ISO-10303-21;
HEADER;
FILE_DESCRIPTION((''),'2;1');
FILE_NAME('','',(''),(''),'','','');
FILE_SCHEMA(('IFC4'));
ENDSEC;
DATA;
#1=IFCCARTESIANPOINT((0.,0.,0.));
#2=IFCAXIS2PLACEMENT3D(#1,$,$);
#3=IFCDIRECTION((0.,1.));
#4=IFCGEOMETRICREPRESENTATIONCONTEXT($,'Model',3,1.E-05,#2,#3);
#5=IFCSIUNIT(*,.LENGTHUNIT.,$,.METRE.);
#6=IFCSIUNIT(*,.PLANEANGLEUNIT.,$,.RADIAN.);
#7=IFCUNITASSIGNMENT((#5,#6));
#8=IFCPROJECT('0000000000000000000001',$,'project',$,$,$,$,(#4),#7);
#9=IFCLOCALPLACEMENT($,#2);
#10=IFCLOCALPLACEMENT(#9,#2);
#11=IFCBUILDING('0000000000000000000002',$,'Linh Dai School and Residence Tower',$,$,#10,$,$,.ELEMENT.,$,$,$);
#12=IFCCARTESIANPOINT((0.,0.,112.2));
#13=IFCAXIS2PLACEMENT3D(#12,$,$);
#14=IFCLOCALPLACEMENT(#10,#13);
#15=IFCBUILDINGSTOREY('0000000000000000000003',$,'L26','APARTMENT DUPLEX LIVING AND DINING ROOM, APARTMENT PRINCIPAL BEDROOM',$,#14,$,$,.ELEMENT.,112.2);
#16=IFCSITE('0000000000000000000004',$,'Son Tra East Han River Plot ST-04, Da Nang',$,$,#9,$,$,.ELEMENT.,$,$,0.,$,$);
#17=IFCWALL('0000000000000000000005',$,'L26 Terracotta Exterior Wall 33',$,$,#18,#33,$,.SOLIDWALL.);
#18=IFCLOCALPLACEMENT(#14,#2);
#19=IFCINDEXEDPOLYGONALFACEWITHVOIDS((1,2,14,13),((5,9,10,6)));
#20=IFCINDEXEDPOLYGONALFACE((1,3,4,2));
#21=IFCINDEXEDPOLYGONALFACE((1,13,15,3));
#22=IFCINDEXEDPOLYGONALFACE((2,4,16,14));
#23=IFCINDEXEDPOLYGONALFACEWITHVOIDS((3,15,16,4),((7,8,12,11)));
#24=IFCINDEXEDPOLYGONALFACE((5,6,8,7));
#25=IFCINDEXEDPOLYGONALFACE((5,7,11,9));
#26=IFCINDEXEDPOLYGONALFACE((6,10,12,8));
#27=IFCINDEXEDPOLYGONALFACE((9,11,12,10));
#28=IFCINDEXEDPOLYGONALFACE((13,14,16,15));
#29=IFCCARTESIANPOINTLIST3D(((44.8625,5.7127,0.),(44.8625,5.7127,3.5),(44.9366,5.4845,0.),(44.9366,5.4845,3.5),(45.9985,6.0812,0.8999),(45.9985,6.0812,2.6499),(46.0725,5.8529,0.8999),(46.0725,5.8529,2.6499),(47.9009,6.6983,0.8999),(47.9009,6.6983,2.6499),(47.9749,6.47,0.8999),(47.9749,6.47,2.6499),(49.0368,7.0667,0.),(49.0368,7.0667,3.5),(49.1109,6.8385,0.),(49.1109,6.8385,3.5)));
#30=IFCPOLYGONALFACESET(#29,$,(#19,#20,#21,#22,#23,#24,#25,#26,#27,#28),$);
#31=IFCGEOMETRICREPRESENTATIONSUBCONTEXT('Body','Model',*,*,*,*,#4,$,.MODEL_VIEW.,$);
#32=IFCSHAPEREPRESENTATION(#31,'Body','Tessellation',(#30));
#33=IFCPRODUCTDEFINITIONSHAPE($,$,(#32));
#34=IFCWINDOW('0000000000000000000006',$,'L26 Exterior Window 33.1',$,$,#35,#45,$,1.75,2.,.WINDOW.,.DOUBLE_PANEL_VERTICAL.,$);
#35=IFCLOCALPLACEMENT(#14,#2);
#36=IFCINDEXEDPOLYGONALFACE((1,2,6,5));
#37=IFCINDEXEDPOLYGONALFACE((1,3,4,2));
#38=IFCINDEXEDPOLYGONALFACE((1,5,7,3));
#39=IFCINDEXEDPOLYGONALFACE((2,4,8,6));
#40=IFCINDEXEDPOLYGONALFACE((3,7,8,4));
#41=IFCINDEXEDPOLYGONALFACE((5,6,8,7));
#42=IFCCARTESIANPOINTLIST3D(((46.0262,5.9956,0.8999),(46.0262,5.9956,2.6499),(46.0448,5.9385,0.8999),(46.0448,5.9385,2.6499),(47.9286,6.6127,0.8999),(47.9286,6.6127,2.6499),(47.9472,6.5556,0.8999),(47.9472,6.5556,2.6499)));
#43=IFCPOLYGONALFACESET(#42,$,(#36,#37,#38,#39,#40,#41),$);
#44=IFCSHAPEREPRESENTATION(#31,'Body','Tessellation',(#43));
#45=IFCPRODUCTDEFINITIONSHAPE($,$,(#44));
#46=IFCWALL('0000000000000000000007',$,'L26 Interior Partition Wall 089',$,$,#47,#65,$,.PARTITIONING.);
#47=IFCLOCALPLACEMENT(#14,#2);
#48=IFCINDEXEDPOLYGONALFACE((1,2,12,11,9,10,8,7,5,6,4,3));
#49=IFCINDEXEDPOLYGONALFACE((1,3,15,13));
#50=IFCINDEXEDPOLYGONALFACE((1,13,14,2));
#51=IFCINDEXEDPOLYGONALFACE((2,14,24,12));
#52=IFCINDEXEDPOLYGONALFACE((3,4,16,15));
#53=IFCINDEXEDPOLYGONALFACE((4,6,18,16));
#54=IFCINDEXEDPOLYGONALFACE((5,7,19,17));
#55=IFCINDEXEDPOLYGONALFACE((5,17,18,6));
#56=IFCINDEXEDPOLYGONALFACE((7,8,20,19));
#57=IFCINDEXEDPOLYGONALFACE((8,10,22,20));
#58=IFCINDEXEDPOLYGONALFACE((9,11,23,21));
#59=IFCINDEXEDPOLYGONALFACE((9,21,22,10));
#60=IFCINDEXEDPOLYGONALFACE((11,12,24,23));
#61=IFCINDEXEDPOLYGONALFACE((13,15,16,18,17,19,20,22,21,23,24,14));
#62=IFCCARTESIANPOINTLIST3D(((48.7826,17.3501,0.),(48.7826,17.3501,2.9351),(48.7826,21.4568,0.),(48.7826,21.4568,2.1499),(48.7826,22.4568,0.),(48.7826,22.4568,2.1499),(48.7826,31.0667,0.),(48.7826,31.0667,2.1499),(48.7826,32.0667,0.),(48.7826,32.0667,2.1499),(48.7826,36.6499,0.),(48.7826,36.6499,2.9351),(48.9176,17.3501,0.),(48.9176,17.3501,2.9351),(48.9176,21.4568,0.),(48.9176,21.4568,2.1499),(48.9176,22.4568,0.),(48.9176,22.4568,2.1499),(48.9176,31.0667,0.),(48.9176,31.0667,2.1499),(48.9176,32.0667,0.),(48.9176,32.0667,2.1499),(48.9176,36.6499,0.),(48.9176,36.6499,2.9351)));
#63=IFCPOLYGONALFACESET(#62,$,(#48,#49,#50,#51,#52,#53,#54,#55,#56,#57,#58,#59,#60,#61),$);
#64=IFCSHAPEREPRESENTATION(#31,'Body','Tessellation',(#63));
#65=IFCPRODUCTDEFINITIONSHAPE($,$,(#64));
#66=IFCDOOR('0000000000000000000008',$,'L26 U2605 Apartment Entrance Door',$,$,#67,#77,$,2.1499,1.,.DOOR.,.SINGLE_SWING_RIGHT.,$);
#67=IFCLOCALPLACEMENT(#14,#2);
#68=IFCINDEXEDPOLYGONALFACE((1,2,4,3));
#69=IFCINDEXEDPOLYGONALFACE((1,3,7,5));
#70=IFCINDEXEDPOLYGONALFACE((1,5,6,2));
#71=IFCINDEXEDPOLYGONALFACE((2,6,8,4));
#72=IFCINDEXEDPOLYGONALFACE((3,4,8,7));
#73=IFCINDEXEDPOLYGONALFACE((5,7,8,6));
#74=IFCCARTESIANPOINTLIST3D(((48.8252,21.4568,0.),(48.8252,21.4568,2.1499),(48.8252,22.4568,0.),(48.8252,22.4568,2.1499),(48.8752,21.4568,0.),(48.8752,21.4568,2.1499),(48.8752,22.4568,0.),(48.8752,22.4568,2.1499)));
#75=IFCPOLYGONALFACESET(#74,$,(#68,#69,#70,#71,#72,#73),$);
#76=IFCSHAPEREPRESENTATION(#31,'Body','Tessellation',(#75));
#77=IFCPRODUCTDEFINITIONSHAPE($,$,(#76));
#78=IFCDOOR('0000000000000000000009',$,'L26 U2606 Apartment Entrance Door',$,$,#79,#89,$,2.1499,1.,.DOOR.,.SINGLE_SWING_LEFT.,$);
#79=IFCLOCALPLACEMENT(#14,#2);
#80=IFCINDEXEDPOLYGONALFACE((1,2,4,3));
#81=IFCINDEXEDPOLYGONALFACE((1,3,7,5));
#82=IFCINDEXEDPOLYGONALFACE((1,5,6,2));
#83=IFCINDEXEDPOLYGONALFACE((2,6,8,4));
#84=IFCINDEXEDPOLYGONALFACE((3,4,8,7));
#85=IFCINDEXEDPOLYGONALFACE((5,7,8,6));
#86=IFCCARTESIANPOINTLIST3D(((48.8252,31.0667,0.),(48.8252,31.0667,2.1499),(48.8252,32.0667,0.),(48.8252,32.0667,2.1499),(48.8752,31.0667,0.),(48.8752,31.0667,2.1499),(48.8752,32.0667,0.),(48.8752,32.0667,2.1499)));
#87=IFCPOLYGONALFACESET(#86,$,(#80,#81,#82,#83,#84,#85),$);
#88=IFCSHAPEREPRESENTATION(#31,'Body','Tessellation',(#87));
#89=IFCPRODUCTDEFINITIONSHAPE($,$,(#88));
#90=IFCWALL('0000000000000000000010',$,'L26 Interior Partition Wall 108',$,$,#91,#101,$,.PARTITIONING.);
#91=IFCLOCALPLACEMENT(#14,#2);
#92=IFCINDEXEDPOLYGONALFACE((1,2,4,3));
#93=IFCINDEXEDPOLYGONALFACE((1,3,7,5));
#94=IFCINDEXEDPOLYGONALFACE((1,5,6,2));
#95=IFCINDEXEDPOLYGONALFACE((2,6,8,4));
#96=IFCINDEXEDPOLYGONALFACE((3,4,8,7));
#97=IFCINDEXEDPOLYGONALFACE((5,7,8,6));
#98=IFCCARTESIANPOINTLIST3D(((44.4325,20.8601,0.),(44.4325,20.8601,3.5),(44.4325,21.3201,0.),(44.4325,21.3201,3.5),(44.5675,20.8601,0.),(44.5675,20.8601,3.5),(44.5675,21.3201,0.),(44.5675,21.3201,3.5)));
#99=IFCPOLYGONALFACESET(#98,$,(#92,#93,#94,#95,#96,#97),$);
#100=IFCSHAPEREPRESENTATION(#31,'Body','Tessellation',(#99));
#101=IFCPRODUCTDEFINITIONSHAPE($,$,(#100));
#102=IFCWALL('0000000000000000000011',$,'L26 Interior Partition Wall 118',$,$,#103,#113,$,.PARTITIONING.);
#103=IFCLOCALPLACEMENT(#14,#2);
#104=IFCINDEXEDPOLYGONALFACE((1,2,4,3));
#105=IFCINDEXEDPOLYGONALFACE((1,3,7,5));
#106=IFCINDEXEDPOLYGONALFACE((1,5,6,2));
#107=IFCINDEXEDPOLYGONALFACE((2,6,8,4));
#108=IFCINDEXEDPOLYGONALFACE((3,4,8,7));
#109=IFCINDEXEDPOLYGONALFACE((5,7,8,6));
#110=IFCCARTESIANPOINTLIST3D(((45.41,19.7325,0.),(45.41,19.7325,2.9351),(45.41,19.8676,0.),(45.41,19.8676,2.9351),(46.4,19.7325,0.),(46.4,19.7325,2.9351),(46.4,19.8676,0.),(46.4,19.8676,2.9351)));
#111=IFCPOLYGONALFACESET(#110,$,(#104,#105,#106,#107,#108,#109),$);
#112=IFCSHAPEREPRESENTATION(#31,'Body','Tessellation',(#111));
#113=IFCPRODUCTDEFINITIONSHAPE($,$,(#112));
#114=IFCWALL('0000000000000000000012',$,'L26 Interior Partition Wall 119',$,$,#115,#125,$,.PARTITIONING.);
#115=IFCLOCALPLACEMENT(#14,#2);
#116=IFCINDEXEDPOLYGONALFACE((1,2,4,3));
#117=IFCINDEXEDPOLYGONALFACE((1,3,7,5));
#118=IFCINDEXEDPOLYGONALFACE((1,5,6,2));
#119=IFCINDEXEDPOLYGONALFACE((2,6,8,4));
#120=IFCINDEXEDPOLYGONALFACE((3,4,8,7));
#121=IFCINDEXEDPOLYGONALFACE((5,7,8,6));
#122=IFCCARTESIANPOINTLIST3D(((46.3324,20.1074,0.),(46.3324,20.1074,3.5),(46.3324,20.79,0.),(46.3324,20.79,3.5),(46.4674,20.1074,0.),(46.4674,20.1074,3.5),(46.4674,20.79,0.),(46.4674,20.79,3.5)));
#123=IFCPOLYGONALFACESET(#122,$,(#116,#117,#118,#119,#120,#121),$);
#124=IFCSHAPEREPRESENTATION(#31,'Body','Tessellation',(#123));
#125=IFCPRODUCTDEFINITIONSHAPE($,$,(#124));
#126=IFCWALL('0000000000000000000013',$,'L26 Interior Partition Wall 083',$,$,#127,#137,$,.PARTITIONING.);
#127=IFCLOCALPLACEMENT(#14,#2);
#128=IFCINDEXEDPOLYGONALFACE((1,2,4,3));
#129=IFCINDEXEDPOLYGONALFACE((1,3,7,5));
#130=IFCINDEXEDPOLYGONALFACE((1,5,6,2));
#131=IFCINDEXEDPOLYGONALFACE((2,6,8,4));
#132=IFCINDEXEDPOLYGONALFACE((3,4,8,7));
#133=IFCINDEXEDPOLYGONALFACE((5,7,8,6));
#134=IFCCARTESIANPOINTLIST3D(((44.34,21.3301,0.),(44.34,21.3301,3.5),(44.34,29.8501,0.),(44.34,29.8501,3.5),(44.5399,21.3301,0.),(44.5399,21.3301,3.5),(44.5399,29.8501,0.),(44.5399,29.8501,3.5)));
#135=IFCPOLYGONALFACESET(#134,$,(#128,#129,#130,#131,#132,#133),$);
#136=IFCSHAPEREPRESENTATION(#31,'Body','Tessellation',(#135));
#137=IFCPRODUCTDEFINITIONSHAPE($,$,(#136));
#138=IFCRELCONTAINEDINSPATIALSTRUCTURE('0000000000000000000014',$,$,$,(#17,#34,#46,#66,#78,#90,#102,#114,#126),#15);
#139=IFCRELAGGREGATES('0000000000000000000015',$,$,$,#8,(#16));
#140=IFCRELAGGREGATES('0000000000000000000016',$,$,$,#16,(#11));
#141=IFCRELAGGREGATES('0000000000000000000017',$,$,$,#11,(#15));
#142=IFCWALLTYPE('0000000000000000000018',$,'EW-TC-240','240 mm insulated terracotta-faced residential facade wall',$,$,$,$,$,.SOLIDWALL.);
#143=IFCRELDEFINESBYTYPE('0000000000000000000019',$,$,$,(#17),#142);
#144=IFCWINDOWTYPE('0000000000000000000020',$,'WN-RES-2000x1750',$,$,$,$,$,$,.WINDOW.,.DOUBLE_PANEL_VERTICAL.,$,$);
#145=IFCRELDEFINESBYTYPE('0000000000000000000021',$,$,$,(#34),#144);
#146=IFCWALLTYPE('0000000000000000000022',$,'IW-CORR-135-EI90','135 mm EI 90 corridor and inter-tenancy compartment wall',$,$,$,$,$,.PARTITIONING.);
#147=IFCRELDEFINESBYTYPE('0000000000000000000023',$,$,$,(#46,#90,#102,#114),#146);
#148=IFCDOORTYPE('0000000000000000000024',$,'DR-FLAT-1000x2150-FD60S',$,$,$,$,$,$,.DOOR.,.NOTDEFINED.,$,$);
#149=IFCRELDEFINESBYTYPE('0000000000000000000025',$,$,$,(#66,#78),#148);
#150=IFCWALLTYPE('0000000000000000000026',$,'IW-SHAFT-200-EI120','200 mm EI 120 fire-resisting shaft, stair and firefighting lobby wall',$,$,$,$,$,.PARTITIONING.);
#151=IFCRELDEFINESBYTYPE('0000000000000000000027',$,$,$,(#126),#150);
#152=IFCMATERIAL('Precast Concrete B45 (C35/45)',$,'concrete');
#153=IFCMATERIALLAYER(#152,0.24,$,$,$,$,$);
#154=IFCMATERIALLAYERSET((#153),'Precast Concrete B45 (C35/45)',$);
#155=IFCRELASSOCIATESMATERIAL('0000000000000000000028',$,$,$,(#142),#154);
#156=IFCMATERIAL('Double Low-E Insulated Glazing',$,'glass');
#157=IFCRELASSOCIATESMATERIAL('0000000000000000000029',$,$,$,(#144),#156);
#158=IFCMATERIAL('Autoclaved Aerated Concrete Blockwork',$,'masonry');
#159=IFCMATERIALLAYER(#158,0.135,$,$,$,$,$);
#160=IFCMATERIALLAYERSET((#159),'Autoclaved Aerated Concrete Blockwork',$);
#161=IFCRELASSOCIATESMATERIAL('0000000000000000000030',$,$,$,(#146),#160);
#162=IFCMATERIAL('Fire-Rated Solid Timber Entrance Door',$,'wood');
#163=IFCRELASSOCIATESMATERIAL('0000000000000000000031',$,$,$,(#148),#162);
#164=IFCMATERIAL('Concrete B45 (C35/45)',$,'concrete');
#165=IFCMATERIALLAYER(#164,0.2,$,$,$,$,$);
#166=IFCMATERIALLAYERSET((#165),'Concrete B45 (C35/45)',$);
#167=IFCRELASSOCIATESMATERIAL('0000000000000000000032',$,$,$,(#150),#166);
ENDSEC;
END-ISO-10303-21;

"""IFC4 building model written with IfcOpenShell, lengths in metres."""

from ifc_helpers import new_model, si_unit, direction, frame, frame_2d, origin, origin_2d, place, context, subcontext, project, spatial, rectangle, extrude, source, transform, mapped, material, layer, layer_set, type_object, element, fill, save


model = new_model("IFC4")

# Units and contexts
model_context = context("Model", 3, precision=1e-05, world=origin(), true_north=direction((0.0, 1.0)))
body_context = subcontext(model_context, "Body", "Model", "MODEL_VIEW")
ifc_project = project(units=[si_unit("LENGTHUNIT", "METRE"), si_unit("PLANEANGLEUNIT", "RADIAN")], contexts=[model_context])

# Site, building, storey
site_placement = place(None, origin())
site = spatial("IfcSite", under=ifc_project, at=site_placement, Name="Son Tra East Han River Plot ST-04, Da Nang", CompositionType="ELEMENT", RefElevation=0.0)
building_placement = place(site_placement, origin())
building = spatial("IfcBuilding", under=site, at=building_placement, Name="Linh Dai School and Residence Tower", CompositionType="ELEMENT")
storey_placement = place(building_placement, frame((0.0, 0.0, 112.2)))
storey = spatial("IfcBuildingStorey", under=building, at=storey_placement, Name="L26", Description="APARTMENT DUPLEX LIVING AND DINING ROOM, APARTMENT PRINCIPAL BEDROOM", CompositionType="ELEMENT", Elevation=112.2)

# Wall, opening, window
ifc_material_1 = material(Name="Precast Concrete B45 (C35/45)", Category="concrete")
ifc_layer_1 = layer(ifc_material_1, 0.24)
ifc_layer_set_1 = layer_set([ifc_layer_1], Name="Precast Concrete B45 (C35/45)")
wall_type_1 = type_object("IfcWallType", Name="EW-TC-240", Description="240 mm insulated terracotta-faced residential facade wall", PredefinedType="SOLIDWALL", material=ifc_layer_set_1)
ifc_material_2 = material(Name="Double Low-E Insulated Glazing", Category="glass")
wall_1_placement = place(storey_placement, frame((49.074, 6.9526, 0.0), z_axis=(0.0, 0.0, 1.0), x_axis=(-0.951211, -0.30854, 0.0)))
wall_1 = element("IfcWall", 1, at=wall_1_placement, inside=storey, type_object=wall_type_1, Name="L26 Terracotta Exterior Wall 33", PredefinedType="SOLIDWALL", context=body_context, shape_type="SweptSolid", body=[
    extrude(rectangle(XDim=4.3884, YDim=0.24, at=frame_2d((2.1943, 0.0))), origin(), (0.0, 0.0, 1.0), 3.5),
])
opening_1_placement = place(wall_1_placement, frame((1.1943, 0.0, 0.8999)))
opening_1 = element("IfcOpeningElement", 2, at=opening_1_placement, cuts=wall_1, PredefinedType="OPENING", context=body_context, shape_type="SweptSolid", body=[
    extrude(rectangle(XDim=2.0, YDim=1.75, at=origin_2d()), frame((1.0, 0.1299, 0.875), z_axis=(0.0, -1.0, 0.0), x_axis=(1.0, 0.0, 0.0)), (0.0, 0.0, 1.0), 0.26),
])
window_type_1 = type_object("IfcWindowType", Name="WN-RES-2000x1750", PartitioningType="DOUBLE_PANEL_VERTICAL", PredefinedType="WINDOW", material=ifc_material_2)
shared_shape_1 = source(origin(), body_context, "Body", "SweptSolid", [
    extrude(rectangle(XDim=2.0, YDim=1.75, at=origin_2d()), frame((1.0, 0.03, 0.875), z_axis=(0.0, -1.0, 0.0), x_axis=(1.0, 0.0, 0.0)), (0.0, 0.0, 1.0), 0.0601),
])
window_1_placement = place(opening_1_placement, origin())
window_1 = element("IfcWindow", 3, at=window_1_placement, inside=storey, type_object=window_type_1, Name="L26 Exterior Window 33.1", OverallHeight=1.75, OverallWidth=2.0, PartitioningType="DOUBLE_PANEL_VERTICAL", PredefinedType="WINDOW", context=body_context, shape_type="MappedRepresentation", body=[
    mapped(shared_shape_1, transform((0.0, 0.0, 0.0), x_axis=(1.0, 0.0, 0.0), y_axis=(0.0, 1.0, 0.0), z_axis=(0.0, 0.0, 1.0), scale=1.0)),
])
fill(opening_1, window_1)

# Wall, openings, doors
ifc_material_3 = material(Name="Autoclaved Aerated Concrete Blockwork", Category="masonry")
ifc_layer_2 = layer(ifc_material_3, 0.135)
ifc_layer_set_2 = layer_set([ifc_layer_2], Name="Autoclaved Aerated Concrete Blockwork")
wall_type_2 = type_object("IfcWallType", Name="IW-CORR-135-EI90", Description="135 mm EI 90 corridor and inter-tenancy compartment wall", PredefinedType="PARTITIONING", material=ifc_layer_set_2)
wall_2_placement = place(storey_placement, frame((48.8501, 17.3501, 0.0), z_axis=(0.0, 0.0, 1.0), x_axis=(0.0, 1.0, 0.0)))
wall_2 = element("IfcWall", 4, at=wall_2_placement, inside=storey, type_object=wall_type_2, Name="L26 Interior Partition Wall 089", PredefinedType="PARTITIONING", context=body_context, shape_type="SweptSolid", body=[
    extrude(rectangle(XDim=19.2998, YDim=0.135, at=frame_2d((9.6499, 0.0))), origin(), (0.0, 0.0, 1.0), 2.9351),
])
opening_2_placement = place(wall_2_placement, frame((4.1067, 0.0, 0.0)))
opening_2 = element("IfcOpeningElement", 5, at=opening_2_placement, cuts=wall_2, PredefinedType="OPENING", context=body_context, shape_type="SweptSolid", body=[
    extrude(rectangle(XDim=1.0, YDim=2.1499, at=origin_2d()), frame((0.5, 0.0776, 1.075), z_axis=(0.0, -1.0, 0.0), x_axis=(1.0, 0.0, 0.0)), (0.0, 0.0, 1.0), 0.155),
])
opening_3_placement = place(wall_2_placement, frame((13.7166, 0.0, 0.0)))
opening_3 = element("IfcOpeningElement", 6, at=opening_3_placement, cuts=wall_2, PredefinedType="OPENING", context=body_context, shape_type="SweptSolid", body=[
    extrude(rectangle(XDim=1.0, YDim=2.1499, at=origin_2d()), frame((0.5, 0.0776, 1.075), z_axis=(0.0, -1.0, 0.0), x_axis=(1.0, 0.0, 0.0)), (0.0, 0.0, 1.0), 0.155),
])
ifc_material_4 = material(Name="Fire-Rated Solid Timber Entrance Door", Category="wood")
door_type_1 = type_object("IfcDoorType", Name="DR-FLAT-1000x2150-FD60S", OperationType="NOTDEFINED", PredefinedType="DOOR", material=ifc_material_4)
shared_shape_2 = source(origin(), body_context, "Body", "SweptSolid", [
    extrude(rectangle(XDim=1.0, YDim=2.1499, at=origin_2d()), frame((0.5, 0.0249, 1.075), z_axis=(0.0, -1.0, 0.0), x_axis=(1.0, 0.0, 0.0)), (0.0, 0.0, 1.0), 0.05),
])
door_1_placement = place(opening_2_placement, origin())
door_1 = element("IfcDoor", 7, at=door_1_placement, inside=storey, type_object=door_type_1, Name="L26 U2605 Apartment Entrance Door", OperationType="SINGLE_SWING_RIGHT", OverallHeight=2.1499, OverallWidth=1.0, PredefinedType="DOOR", context=body_context, shape_type="MappedRepresentation", body=[
    mapped(shared_shape_2, transform((0.0, 0.0, 0.0), x_axis=(1.0, 0.0, 0.0), y_axis=(0.0, 1.0, 0.0), z_axis=(0.0, 0.0, 1.0), scale=1.0)),
])
fill(opening_2, door_1)
door_2_placement = place(opening_3_placement, origin())
door_2 = element("IfcDoor", 8, at=door_2_placement, inside=storey, type_object=door_type_1, Name="L26 U2606 Apartment Entrance Door", OperationType="SINGLE_SWING_LEFT", OverallHeight=2.1499, OverallWidth=1.0, PredefinedType="DOOR", context=body_context, shape_type="MappedRepresentation", body=[
    mapped(shared_shape_2, transform((0.0, 0.0, 0.0), x_axis=(1.0, 0.0, 0.0), y_axis=(0.0, 1.0, 0.0), z_axis=(0.0, 0.0, 1.0), scale=1.0)),
])
fill(opening_3, door_2)

# Walls
wall_3_placement = place(storey_placement, frame((44.5, 20.8601, 0.0), z_axis=(0.0, 0.0, 1.0), x_axis=(0.0, 1.0, 0.0)))
element("IfcWall", 9, at=wall_3_placement, inside=storey, type_object=wall_type_2, Name="L26 Interior Partition Wall 108", PredefinedType="PARTITIONING", context=body_context, shape_type="SweptSolid", body=[
    extrude(rectangle(XDim=0.46, YDim=0.135, at=frame_2d((0.23, 0.0))), origin(), (0.0, 0.0, 1.0), 3.5),
])
wall_4_placement = place(storey_placement, frame((45.4099, 19.8, 0.0), z_axis=(0.0, 0.0, 1.0), x_axis=(1.0, 0.0, 0.0)))
element("IfcWall", 10, at=wall_4_placement, inside=storey, type_object=wall_type_2, Name="L26 Interior Partition Wall 118", PredefinedType="PARTITIONING", context=body_context, shape_type="SweptSolid", body=[
    extrude(rectangle(XDim=0.99, YDim=0.135, at=frame_2d((0.4951, 0.0))), origin(), (0.0, 0.0, 1.0), 2.9351),
])
wall_5_placement = place(storey_placement, frame((46.3999, 20.1074, 0.0), z_axis=(0.0, 0.0, 1.0), x_axis=(0.0, 1.0, 0.0)))
element("IfcWall", 11, at=wall_5_placement, inside=storey, type_object=wall_type_2, Name="L26 Interior Partition Wall 119", PredefinedType="PARTITIONING", context=body_context, shape_type="SweptSolid", body=[
    extrude(rectangle(XDim=0.6826, YDim=0.135, at=frame_2d((0.3413, 0.0))), origin(), (0.0, 0.0, 1.0), 3.5),
])
ifc_material_5 = material(Name="Concrete B45 (C35/45)", Category="concrete")
ifc_layer_3 = layer(ifc_material_5, 0.2)
ifc_layer_set_3 = layer_set([ifc_layer_3], Name="Concrete B45 (C35/45)")
wall_type_3 = type_object("IfcWallType", Name="IW-SHAFT-200-EI120", Description="200 mm EI 120 fire-resisting shaft, stair and firefighting lobby wall", PredefinedType="PARTITIONING", material=ifc_layer_set_3)
wall_6_placement = place(storey_placement, frame((44.4399, 21.3301, 0.0), z_axis=(0.0, 0.0, 1.0), x_axis=(0.0, 1.0, 0.0)))
element("IfcWall", 12, at=wall_6_placement, inside=storey, type_object=wall_type_3, Name="L26 Interior Partition Wall 083", PredefinedType="PARTITIONING", context=body_context, shape_type="SweptSolid", body=[
    extrude(rectangle(XDim=8.52, YDim=0.2, at=frame_2d((4.26, 0.0))), origin(), (0.0, 0.0, 1.0), 3.5),
])

save(model, "model.ifc")
